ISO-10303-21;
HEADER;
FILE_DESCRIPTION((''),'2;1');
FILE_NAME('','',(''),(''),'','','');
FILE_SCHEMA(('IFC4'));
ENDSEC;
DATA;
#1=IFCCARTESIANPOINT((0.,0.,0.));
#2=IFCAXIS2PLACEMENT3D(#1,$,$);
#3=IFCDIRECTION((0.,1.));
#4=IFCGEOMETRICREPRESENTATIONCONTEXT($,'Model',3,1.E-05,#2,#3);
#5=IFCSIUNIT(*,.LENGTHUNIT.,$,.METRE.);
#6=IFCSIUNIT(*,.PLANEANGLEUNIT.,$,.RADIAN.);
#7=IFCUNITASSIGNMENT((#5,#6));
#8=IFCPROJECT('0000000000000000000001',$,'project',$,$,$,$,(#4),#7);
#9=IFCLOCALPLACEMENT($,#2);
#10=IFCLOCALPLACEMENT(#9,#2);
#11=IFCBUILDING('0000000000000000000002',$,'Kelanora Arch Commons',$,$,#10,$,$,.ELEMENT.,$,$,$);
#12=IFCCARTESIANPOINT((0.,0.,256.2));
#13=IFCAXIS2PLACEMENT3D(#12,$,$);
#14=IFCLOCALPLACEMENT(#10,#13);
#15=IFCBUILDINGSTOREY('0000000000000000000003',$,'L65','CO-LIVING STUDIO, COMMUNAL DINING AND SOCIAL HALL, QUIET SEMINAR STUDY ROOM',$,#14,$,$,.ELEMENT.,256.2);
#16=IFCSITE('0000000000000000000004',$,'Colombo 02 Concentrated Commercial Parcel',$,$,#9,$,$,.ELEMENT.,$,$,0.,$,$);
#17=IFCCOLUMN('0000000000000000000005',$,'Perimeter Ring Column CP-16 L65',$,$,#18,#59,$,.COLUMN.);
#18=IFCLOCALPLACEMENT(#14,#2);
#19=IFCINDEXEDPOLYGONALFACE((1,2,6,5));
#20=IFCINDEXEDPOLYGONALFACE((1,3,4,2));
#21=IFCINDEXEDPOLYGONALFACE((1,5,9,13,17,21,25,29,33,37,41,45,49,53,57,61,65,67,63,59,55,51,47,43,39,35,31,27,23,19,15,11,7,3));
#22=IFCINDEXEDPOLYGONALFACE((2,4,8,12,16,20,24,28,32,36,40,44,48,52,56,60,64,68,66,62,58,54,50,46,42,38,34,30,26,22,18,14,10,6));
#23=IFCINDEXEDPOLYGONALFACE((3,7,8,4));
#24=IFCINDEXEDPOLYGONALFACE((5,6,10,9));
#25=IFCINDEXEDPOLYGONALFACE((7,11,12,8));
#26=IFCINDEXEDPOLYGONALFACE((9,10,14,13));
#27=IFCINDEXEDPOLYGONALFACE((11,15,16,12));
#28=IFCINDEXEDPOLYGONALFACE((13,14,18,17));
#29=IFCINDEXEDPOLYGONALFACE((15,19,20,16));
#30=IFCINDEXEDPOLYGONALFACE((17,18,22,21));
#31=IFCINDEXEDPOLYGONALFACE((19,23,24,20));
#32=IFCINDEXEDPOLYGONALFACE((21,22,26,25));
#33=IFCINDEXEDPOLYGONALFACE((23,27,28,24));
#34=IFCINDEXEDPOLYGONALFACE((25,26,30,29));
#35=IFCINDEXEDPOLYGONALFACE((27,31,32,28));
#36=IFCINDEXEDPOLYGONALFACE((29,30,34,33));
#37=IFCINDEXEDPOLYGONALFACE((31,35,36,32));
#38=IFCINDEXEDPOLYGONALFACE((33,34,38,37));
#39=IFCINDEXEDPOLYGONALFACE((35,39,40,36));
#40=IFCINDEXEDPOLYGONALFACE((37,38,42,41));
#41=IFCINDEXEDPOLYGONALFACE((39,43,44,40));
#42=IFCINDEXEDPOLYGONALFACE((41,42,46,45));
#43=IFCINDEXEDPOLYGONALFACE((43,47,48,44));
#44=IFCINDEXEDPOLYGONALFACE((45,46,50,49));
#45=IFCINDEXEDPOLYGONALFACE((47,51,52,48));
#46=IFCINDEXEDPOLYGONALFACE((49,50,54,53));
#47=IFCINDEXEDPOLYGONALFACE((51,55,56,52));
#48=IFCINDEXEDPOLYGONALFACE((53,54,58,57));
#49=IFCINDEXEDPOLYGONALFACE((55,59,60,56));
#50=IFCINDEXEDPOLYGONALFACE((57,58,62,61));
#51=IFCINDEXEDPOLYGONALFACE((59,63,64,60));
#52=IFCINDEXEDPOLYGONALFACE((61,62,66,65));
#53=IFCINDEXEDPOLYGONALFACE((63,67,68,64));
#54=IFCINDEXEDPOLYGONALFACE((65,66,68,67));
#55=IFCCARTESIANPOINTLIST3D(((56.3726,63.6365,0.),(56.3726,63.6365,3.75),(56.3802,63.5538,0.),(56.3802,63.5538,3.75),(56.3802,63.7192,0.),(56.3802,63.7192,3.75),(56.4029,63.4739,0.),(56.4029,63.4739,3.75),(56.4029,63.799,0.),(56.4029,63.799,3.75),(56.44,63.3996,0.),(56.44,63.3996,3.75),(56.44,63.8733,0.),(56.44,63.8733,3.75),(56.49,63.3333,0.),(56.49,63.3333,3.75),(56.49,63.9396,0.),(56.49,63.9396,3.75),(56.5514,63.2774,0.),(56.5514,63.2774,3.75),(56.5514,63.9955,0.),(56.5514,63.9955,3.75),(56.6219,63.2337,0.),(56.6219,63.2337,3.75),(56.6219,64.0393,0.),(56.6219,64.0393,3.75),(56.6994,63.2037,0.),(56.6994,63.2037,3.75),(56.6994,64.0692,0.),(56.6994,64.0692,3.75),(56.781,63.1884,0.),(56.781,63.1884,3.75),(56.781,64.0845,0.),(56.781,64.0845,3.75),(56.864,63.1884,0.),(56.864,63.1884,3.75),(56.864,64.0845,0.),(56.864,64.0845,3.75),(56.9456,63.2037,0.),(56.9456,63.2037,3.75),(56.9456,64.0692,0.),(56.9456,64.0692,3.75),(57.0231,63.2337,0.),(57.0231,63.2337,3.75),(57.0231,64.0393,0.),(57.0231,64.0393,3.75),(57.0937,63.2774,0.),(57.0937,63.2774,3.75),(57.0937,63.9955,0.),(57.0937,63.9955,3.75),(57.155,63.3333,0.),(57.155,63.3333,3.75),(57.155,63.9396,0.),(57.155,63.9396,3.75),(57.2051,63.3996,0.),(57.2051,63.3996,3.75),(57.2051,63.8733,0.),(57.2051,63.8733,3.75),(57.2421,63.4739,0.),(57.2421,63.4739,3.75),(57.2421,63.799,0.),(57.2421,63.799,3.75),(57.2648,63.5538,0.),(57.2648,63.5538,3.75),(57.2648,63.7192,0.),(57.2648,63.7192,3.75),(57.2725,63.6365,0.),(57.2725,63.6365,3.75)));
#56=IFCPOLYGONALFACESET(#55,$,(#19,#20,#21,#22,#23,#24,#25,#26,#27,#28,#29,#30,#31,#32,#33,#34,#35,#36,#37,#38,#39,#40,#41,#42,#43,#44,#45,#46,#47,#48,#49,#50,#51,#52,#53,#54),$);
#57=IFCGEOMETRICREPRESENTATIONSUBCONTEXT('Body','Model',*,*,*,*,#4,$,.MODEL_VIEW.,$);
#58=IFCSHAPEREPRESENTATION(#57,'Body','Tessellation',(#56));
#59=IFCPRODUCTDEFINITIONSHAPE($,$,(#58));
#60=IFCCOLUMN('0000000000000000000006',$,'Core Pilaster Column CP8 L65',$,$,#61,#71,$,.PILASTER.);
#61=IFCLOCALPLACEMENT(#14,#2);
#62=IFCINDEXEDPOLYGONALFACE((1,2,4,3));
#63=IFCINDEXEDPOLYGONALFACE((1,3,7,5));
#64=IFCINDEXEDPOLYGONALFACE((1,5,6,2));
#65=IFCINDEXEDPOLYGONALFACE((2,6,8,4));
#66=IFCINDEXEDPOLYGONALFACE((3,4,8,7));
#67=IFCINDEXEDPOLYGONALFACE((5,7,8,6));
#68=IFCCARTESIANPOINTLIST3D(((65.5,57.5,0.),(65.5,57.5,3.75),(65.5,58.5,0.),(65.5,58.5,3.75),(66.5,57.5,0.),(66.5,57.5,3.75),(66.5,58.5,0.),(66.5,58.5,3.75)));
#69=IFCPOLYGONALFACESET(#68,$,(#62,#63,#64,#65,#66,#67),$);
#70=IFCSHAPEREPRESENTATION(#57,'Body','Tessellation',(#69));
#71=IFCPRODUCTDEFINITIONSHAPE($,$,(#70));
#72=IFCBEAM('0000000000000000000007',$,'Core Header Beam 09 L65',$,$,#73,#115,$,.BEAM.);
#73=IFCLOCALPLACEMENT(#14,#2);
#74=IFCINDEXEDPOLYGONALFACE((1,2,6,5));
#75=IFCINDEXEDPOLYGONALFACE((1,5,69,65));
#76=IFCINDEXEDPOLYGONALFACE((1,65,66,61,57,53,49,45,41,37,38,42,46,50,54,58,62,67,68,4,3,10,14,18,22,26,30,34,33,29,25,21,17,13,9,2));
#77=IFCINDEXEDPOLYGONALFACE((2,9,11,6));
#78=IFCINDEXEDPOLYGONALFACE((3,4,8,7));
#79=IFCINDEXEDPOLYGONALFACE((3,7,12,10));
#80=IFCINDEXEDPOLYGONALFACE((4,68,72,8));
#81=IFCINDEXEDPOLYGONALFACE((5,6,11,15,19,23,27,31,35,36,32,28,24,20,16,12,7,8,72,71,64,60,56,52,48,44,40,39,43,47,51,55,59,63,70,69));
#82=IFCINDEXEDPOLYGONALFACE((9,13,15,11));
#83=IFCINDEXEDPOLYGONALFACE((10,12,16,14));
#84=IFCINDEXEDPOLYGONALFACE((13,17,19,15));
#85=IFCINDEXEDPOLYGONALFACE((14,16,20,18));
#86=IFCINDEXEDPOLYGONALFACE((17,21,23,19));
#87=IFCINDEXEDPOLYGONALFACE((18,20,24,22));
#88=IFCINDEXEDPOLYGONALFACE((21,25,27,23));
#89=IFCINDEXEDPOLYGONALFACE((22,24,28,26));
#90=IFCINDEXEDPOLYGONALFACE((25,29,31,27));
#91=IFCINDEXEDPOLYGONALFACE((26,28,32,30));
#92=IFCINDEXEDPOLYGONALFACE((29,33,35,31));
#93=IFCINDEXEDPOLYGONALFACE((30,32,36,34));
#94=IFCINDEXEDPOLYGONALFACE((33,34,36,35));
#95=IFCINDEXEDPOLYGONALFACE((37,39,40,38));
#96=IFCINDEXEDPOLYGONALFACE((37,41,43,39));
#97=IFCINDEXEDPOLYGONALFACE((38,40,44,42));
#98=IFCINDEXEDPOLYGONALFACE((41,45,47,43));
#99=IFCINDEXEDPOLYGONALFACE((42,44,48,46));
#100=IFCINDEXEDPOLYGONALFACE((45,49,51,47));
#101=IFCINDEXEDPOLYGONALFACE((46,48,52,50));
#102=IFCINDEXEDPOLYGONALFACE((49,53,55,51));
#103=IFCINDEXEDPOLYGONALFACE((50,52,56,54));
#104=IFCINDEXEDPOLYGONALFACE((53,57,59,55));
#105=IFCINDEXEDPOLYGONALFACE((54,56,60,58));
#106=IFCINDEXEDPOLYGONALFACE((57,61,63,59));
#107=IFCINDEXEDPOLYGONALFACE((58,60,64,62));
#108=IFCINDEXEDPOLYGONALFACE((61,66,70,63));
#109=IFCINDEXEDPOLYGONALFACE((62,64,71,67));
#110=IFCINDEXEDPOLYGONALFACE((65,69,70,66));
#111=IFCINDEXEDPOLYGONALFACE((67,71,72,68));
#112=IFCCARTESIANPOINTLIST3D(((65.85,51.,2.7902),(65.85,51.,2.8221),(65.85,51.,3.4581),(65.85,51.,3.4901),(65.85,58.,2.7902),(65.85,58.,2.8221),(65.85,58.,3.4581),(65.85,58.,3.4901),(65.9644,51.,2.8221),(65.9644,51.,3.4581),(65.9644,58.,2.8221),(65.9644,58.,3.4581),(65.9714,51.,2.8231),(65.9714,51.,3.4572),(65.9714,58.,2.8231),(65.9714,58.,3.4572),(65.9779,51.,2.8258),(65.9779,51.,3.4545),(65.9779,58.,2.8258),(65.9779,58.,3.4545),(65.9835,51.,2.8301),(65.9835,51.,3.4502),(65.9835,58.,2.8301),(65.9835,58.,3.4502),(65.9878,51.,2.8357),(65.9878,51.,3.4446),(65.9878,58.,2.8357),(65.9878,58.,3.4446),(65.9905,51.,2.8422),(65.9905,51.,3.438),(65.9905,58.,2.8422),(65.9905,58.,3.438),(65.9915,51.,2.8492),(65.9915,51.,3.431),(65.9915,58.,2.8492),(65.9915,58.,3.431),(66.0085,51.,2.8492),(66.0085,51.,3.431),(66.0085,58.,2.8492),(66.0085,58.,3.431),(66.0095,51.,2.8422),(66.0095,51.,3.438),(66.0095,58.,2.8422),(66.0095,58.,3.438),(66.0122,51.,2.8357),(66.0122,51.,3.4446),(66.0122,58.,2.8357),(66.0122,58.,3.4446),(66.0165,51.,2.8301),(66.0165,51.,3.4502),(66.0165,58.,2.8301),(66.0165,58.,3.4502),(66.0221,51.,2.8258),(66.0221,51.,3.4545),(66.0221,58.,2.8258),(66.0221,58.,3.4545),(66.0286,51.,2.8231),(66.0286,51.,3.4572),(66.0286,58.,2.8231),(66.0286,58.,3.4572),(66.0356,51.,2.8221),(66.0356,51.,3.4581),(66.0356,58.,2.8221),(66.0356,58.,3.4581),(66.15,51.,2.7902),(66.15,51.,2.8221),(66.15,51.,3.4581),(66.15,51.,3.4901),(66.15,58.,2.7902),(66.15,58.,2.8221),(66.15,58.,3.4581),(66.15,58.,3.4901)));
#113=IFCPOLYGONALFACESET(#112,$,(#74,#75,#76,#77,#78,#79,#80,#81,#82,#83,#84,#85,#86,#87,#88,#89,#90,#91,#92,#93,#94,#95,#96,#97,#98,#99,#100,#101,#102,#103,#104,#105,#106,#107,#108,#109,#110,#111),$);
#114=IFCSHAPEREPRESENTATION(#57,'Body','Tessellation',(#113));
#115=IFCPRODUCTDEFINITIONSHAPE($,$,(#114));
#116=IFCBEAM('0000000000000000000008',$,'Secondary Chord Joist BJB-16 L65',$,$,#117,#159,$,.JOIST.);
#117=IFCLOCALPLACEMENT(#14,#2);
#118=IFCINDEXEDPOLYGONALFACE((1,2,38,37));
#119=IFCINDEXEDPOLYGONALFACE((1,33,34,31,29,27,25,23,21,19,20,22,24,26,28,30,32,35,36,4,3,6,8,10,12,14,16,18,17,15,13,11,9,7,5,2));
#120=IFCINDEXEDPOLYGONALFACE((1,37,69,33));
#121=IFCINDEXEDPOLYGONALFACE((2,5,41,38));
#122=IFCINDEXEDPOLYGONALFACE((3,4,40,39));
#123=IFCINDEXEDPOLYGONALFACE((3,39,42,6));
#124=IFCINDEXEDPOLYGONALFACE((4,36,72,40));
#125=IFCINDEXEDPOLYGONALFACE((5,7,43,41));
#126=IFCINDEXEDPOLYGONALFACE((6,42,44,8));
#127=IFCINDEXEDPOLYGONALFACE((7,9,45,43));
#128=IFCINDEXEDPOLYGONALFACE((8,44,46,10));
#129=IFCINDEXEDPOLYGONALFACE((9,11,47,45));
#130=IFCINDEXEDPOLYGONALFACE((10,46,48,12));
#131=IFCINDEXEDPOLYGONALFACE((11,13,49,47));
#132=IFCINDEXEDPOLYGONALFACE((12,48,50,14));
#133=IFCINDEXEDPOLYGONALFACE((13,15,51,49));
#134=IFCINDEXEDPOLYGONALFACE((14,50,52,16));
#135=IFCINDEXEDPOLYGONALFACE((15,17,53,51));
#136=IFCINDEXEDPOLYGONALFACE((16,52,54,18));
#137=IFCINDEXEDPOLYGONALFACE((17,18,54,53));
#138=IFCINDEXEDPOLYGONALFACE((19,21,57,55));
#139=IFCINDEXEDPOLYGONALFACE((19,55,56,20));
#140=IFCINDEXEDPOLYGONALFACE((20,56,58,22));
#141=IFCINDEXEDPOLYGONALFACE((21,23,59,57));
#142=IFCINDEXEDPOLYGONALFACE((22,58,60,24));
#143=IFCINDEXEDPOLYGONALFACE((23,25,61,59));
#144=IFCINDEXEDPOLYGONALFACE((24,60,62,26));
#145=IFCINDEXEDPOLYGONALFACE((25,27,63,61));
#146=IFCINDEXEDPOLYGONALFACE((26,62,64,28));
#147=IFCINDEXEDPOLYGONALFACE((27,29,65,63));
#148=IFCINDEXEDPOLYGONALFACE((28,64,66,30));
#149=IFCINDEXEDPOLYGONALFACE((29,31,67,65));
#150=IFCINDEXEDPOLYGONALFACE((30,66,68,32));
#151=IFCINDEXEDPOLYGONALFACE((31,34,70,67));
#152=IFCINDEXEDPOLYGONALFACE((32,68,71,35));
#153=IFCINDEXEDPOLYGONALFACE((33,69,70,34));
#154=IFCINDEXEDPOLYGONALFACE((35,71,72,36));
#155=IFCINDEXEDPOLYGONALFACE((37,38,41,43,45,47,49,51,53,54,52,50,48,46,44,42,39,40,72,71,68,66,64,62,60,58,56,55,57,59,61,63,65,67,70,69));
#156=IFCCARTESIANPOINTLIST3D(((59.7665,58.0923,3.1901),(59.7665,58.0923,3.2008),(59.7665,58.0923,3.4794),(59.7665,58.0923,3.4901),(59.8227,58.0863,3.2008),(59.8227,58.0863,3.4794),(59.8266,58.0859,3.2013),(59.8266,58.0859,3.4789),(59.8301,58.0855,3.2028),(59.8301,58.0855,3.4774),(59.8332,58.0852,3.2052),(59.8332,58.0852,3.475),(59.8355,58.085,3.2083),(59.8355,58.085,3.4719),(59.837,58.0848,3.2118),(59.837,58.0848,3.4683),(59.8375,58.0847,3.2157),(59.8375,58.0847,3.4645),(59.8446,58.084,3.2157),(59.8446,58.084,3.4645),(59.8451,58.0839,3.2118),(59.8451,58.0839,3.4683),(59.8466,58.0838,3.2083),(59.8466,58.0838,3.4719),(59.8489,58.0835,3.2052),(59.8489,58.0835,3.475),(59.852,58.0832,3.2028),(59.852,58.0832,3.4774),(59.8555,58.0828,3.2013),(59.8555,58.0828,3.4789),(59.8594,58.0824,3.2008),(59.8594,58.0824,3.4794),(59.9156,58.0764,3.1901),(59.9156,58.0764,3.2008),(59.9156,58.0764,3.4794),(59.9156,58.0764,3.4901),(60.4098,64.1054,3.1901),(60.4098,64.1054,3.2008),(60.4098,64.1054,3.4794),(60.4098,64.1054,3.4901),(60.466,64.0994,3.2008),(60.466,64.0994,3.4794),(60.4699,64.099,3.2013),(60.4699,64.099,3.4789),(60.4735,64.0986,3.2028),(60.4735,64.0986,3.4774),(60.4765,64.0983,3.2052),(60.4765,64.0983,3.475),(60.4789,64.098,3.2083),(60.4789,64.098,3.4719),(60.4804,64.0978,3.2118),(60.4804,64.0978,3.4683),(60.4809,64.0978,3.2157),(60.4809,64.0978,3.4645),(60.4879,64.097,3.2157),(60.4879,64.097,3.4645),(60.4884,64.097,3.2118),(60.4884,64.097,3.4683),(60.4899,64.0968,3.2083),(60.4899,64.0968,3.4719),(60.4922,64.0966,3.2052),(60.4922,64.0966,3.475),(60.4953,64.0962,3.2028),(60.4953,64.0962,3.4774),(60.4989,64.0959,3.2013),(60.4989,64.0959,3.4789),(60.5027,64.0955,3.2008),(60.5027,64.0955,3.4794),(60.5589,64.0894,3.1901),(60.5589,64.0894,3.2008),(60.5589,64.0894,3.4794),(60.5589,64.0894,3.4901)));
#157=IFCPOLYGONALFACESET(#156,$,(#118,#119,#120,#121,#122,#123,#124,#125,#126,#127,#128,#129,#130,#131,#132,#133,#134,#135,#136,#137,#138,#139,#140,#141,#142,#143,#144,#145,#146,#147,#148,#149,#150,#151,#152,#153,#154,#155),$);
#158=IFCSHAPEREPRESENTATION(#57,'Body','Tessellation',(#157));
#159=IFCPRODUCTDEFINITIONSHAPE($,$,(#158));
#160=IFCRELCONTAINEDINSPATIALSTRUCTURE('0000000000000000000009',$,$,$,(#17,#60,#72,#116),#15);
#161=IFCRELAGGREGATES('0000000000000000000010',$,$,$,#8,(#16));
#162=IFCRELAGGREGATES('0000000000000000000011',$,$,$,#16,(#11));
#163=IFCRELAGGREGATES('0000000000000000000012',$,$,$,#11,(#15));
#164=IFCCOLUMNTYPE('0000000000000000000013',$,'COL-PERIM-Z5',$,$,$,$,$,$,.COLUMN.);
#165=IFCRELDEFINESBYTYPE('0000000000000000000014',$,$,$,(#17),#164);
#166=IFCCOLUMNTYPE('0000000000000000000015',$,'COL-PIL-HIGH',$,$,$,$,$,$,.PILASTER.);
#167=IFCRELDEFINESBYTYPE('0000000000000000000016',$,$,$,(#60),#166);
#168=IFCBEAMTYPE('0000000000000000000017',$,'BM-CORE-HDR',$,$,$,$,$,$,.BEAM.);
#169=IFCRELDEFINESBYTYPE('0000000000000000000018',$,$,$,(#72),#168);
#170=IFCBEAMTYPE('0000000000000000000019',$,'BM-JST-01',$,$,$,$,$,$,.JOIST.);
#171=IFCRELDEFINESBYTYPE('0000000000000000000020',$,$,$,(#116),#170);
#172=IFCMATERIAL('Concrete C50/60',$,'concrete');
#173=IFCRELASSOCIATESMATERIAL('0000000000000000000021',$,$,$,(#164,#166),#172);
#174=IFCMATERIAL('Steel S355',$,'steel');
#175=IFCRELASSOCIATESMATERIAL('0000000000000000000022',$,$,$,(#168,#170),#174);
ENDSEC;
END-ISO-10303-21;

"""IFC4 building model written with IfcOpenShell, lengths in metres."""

from ifc_helpers import new_model, si_unit, direction, frame, origin, origin_2d, place, context, subcontext, project, spatial, rectangle, circle, i_section, extrude, material, material_profile, profile_set, type_object, element, save


model = new_model("IFC4")

# Units and contexts
model_context = context("Model", 3, precision=1e-05, world=origin(), true_north=direction((0.0, 1.0)))
body_context = subcontext(model_context, "Body", "Model", "MODEL_VIEW")
ifc_project = project(units=[si_unit("LENGTHUNIT", "METRE"), si_unit("PLANEANGLEUNIT", "RADIAN")], contexts=[model_context])

# Site, building, storey
site_placement = place(None, origin())
site = spatial("IfcSite", under=ifc_project, at=site_placement, Name="Colombo 02 Concentrated Commercial Parcel", CompositionType="ELEMENT", RefElevation=0.0)
building_placement = place(site_placement, origin())
building = spatial("IfcBuilding", under=site, at=building_placement, Name="Kelanora Arch Commons", CompositionType="ELEMENT")
storey_placement = place(building_placement, frame((0.0, 0.0, 256.2)))
storey = spatial("IfcBuildingStorey", under=building, at=storey_placement, Name="L65", Description="CO-LIVING STUDIO, COMMUNAL DINING AND SOCIAL HALL, QUIET SEMINAR STUDY ROOM", CompositionType="ELEMENT", Elevation=256.2)

# Columns
ifc_material_1 = material(Name="Concrete C50/60", Category="concrete")
ifc_material_profile_1 = material_profile(ifc_material_1, circle(Radius=0.45, at=origin_2d()), Name="RCC900")
ifc_profile_set_1 = profile_set([ifc_material_profile_1], Name="Concrete C50/60")
column_type_1 = type_object("IfcColumnType", Name="COL-PERIM-Z5", PredefinedType="COLUMN", material=ifc_profile_set_1)
column_1_placement = place(storey_placement, frame((56.8225, 63.6365, 0.0), z_axis=(0.0, 0.0, 1.0), x_axis=(1.0, 0.0, 0.0)))
element("IfcColumn", 1, at=column_1_placement, inside=storey, type_object=column_type_1, Name="Perimeter Ring Column CP-16 L65", PredefinedType="COLUMN", context=body_context, shape_type="SweptSolid", body=[
    extrude(circle(Radius=0.45, at=origin_2d()), origin(), (0.0, 0.0, 1.0), 3.75),
])
ifc_material_profile_2 = material_profile(ifc_material_1, rectangle(XDim=1.0, YDim=1.0, at=origin_2d()), Name="RC1000x1000")
ifc_profile_set_2 = profile_set([ifc_material_profile_2], Name="Concrete C50/60")
column_type_2 = type_object("IfcColumnType", Name="COL-PIL-HIGH", PredefinedType="PILASTER", material=ifc_profile_set_2)
column_2_placement = place(storey_placement, frame((66.0, 58.0, 0.0), z_axis=(0.0, 0.0, 1.0), x_axis=(1.0, 0.0, 0.0)))
element("IfcColumn", 2, at=column_2_placement, inside=storey, type_object=column_type_2, Name="Core Pilaster Column CP8 L65", PredefinedType="PILASTER", context=body_context, shape_type="SweptSolid", body=[
    extrude(rectangle(XDim=1.0, YDim=1.0, at=origin_2d()), origin(), (0.0, 0.0, 1.0), 3.75),
])

# Beams
ifc_material_2 = material(Name="Steel S355", Category="steel")
ifc_material_profile_3 = material_profile(ifc_material_2, i_section(OverallWidth=0.3, OverallDepth=0.7, WebThickness=0.0171, FlangeThickness=0.032, FilletRadius=0.0271, at=origin_2d()), Name="HEB700")
ifc_profile_set_3 = profile_set([ifc_material_profile_3], Name="Steel S355")
beam_type_1 = type_object("IfcBeamType", Name="BM-CORE-HDR", PredefinedType="BEAM", material=ifc_profile_set_3)
beam_1_placement = place(storey_placement, frame((66.0, 58.0, 3.1401), z_axis=(0.0, -1.0, 0.0), x_axis=(1.0, 0.0, 0.0)))
element("IfcBeam", 3, at=beam_1_placement, inside=storey, type_object=beam_type_1, Name="Core Header Beam 09 L65", PredefinedType="BEAM", context=body_context, shape_type="SweptSolid", body=[
    extrude(i_section(OverallWidth=0.3, OverallDepth=0.7, WebThickness=0.0171, FlangeThickness=0.032, FilletRadius=0.0271, at=origin_2d()), origin(), (0.0, 0.0, 1.0), 7.0),
])
ifc_material_profile_4 = material_profile(ifc_material_2, i_section(OverallWidth=0.1499, OverallDepth=0.3, WebThickness=0.0071, FlangeThickness=0.0107, FilletRadius=0.0149, at=origin_2d()), Name="IPE300")
ifc_profile_set_4 = profile_set([ifc_material_profile_4], Name="Steel S355")
beam_type_2 = type_object("IfcBeamType", Name="BM-JST-01", PredefinedType="JOIST", material=ifc_profile_set_4)
beam_2_placement = place(storey_placement, frame((60.4844, 64.0974, 3.3401), z_axis=(-0.106381, -0.994325, 0.0), x_axis=(0.994325, -0.106381, 0.0)))
element("IfcBeam", 4, at=beam_2_placement, inside=storey, type_object=beam_type_2, Name="Secondary Chord Joist BJB-16 L65", PredefinedType="JOIST", context=body_context, shape_type="SweptSolid", body=[
    extrude(i_section(OverallWidth=0.1499, OverallDepth=0.3, WebThickness=0.0071, FlangeThickness=0.0107, FilletRadius=0.0149, at=origin_2d()), origin(), (0.0, 0.0, 1.0), 6.0474),
])

save(model, "model.ifc")
